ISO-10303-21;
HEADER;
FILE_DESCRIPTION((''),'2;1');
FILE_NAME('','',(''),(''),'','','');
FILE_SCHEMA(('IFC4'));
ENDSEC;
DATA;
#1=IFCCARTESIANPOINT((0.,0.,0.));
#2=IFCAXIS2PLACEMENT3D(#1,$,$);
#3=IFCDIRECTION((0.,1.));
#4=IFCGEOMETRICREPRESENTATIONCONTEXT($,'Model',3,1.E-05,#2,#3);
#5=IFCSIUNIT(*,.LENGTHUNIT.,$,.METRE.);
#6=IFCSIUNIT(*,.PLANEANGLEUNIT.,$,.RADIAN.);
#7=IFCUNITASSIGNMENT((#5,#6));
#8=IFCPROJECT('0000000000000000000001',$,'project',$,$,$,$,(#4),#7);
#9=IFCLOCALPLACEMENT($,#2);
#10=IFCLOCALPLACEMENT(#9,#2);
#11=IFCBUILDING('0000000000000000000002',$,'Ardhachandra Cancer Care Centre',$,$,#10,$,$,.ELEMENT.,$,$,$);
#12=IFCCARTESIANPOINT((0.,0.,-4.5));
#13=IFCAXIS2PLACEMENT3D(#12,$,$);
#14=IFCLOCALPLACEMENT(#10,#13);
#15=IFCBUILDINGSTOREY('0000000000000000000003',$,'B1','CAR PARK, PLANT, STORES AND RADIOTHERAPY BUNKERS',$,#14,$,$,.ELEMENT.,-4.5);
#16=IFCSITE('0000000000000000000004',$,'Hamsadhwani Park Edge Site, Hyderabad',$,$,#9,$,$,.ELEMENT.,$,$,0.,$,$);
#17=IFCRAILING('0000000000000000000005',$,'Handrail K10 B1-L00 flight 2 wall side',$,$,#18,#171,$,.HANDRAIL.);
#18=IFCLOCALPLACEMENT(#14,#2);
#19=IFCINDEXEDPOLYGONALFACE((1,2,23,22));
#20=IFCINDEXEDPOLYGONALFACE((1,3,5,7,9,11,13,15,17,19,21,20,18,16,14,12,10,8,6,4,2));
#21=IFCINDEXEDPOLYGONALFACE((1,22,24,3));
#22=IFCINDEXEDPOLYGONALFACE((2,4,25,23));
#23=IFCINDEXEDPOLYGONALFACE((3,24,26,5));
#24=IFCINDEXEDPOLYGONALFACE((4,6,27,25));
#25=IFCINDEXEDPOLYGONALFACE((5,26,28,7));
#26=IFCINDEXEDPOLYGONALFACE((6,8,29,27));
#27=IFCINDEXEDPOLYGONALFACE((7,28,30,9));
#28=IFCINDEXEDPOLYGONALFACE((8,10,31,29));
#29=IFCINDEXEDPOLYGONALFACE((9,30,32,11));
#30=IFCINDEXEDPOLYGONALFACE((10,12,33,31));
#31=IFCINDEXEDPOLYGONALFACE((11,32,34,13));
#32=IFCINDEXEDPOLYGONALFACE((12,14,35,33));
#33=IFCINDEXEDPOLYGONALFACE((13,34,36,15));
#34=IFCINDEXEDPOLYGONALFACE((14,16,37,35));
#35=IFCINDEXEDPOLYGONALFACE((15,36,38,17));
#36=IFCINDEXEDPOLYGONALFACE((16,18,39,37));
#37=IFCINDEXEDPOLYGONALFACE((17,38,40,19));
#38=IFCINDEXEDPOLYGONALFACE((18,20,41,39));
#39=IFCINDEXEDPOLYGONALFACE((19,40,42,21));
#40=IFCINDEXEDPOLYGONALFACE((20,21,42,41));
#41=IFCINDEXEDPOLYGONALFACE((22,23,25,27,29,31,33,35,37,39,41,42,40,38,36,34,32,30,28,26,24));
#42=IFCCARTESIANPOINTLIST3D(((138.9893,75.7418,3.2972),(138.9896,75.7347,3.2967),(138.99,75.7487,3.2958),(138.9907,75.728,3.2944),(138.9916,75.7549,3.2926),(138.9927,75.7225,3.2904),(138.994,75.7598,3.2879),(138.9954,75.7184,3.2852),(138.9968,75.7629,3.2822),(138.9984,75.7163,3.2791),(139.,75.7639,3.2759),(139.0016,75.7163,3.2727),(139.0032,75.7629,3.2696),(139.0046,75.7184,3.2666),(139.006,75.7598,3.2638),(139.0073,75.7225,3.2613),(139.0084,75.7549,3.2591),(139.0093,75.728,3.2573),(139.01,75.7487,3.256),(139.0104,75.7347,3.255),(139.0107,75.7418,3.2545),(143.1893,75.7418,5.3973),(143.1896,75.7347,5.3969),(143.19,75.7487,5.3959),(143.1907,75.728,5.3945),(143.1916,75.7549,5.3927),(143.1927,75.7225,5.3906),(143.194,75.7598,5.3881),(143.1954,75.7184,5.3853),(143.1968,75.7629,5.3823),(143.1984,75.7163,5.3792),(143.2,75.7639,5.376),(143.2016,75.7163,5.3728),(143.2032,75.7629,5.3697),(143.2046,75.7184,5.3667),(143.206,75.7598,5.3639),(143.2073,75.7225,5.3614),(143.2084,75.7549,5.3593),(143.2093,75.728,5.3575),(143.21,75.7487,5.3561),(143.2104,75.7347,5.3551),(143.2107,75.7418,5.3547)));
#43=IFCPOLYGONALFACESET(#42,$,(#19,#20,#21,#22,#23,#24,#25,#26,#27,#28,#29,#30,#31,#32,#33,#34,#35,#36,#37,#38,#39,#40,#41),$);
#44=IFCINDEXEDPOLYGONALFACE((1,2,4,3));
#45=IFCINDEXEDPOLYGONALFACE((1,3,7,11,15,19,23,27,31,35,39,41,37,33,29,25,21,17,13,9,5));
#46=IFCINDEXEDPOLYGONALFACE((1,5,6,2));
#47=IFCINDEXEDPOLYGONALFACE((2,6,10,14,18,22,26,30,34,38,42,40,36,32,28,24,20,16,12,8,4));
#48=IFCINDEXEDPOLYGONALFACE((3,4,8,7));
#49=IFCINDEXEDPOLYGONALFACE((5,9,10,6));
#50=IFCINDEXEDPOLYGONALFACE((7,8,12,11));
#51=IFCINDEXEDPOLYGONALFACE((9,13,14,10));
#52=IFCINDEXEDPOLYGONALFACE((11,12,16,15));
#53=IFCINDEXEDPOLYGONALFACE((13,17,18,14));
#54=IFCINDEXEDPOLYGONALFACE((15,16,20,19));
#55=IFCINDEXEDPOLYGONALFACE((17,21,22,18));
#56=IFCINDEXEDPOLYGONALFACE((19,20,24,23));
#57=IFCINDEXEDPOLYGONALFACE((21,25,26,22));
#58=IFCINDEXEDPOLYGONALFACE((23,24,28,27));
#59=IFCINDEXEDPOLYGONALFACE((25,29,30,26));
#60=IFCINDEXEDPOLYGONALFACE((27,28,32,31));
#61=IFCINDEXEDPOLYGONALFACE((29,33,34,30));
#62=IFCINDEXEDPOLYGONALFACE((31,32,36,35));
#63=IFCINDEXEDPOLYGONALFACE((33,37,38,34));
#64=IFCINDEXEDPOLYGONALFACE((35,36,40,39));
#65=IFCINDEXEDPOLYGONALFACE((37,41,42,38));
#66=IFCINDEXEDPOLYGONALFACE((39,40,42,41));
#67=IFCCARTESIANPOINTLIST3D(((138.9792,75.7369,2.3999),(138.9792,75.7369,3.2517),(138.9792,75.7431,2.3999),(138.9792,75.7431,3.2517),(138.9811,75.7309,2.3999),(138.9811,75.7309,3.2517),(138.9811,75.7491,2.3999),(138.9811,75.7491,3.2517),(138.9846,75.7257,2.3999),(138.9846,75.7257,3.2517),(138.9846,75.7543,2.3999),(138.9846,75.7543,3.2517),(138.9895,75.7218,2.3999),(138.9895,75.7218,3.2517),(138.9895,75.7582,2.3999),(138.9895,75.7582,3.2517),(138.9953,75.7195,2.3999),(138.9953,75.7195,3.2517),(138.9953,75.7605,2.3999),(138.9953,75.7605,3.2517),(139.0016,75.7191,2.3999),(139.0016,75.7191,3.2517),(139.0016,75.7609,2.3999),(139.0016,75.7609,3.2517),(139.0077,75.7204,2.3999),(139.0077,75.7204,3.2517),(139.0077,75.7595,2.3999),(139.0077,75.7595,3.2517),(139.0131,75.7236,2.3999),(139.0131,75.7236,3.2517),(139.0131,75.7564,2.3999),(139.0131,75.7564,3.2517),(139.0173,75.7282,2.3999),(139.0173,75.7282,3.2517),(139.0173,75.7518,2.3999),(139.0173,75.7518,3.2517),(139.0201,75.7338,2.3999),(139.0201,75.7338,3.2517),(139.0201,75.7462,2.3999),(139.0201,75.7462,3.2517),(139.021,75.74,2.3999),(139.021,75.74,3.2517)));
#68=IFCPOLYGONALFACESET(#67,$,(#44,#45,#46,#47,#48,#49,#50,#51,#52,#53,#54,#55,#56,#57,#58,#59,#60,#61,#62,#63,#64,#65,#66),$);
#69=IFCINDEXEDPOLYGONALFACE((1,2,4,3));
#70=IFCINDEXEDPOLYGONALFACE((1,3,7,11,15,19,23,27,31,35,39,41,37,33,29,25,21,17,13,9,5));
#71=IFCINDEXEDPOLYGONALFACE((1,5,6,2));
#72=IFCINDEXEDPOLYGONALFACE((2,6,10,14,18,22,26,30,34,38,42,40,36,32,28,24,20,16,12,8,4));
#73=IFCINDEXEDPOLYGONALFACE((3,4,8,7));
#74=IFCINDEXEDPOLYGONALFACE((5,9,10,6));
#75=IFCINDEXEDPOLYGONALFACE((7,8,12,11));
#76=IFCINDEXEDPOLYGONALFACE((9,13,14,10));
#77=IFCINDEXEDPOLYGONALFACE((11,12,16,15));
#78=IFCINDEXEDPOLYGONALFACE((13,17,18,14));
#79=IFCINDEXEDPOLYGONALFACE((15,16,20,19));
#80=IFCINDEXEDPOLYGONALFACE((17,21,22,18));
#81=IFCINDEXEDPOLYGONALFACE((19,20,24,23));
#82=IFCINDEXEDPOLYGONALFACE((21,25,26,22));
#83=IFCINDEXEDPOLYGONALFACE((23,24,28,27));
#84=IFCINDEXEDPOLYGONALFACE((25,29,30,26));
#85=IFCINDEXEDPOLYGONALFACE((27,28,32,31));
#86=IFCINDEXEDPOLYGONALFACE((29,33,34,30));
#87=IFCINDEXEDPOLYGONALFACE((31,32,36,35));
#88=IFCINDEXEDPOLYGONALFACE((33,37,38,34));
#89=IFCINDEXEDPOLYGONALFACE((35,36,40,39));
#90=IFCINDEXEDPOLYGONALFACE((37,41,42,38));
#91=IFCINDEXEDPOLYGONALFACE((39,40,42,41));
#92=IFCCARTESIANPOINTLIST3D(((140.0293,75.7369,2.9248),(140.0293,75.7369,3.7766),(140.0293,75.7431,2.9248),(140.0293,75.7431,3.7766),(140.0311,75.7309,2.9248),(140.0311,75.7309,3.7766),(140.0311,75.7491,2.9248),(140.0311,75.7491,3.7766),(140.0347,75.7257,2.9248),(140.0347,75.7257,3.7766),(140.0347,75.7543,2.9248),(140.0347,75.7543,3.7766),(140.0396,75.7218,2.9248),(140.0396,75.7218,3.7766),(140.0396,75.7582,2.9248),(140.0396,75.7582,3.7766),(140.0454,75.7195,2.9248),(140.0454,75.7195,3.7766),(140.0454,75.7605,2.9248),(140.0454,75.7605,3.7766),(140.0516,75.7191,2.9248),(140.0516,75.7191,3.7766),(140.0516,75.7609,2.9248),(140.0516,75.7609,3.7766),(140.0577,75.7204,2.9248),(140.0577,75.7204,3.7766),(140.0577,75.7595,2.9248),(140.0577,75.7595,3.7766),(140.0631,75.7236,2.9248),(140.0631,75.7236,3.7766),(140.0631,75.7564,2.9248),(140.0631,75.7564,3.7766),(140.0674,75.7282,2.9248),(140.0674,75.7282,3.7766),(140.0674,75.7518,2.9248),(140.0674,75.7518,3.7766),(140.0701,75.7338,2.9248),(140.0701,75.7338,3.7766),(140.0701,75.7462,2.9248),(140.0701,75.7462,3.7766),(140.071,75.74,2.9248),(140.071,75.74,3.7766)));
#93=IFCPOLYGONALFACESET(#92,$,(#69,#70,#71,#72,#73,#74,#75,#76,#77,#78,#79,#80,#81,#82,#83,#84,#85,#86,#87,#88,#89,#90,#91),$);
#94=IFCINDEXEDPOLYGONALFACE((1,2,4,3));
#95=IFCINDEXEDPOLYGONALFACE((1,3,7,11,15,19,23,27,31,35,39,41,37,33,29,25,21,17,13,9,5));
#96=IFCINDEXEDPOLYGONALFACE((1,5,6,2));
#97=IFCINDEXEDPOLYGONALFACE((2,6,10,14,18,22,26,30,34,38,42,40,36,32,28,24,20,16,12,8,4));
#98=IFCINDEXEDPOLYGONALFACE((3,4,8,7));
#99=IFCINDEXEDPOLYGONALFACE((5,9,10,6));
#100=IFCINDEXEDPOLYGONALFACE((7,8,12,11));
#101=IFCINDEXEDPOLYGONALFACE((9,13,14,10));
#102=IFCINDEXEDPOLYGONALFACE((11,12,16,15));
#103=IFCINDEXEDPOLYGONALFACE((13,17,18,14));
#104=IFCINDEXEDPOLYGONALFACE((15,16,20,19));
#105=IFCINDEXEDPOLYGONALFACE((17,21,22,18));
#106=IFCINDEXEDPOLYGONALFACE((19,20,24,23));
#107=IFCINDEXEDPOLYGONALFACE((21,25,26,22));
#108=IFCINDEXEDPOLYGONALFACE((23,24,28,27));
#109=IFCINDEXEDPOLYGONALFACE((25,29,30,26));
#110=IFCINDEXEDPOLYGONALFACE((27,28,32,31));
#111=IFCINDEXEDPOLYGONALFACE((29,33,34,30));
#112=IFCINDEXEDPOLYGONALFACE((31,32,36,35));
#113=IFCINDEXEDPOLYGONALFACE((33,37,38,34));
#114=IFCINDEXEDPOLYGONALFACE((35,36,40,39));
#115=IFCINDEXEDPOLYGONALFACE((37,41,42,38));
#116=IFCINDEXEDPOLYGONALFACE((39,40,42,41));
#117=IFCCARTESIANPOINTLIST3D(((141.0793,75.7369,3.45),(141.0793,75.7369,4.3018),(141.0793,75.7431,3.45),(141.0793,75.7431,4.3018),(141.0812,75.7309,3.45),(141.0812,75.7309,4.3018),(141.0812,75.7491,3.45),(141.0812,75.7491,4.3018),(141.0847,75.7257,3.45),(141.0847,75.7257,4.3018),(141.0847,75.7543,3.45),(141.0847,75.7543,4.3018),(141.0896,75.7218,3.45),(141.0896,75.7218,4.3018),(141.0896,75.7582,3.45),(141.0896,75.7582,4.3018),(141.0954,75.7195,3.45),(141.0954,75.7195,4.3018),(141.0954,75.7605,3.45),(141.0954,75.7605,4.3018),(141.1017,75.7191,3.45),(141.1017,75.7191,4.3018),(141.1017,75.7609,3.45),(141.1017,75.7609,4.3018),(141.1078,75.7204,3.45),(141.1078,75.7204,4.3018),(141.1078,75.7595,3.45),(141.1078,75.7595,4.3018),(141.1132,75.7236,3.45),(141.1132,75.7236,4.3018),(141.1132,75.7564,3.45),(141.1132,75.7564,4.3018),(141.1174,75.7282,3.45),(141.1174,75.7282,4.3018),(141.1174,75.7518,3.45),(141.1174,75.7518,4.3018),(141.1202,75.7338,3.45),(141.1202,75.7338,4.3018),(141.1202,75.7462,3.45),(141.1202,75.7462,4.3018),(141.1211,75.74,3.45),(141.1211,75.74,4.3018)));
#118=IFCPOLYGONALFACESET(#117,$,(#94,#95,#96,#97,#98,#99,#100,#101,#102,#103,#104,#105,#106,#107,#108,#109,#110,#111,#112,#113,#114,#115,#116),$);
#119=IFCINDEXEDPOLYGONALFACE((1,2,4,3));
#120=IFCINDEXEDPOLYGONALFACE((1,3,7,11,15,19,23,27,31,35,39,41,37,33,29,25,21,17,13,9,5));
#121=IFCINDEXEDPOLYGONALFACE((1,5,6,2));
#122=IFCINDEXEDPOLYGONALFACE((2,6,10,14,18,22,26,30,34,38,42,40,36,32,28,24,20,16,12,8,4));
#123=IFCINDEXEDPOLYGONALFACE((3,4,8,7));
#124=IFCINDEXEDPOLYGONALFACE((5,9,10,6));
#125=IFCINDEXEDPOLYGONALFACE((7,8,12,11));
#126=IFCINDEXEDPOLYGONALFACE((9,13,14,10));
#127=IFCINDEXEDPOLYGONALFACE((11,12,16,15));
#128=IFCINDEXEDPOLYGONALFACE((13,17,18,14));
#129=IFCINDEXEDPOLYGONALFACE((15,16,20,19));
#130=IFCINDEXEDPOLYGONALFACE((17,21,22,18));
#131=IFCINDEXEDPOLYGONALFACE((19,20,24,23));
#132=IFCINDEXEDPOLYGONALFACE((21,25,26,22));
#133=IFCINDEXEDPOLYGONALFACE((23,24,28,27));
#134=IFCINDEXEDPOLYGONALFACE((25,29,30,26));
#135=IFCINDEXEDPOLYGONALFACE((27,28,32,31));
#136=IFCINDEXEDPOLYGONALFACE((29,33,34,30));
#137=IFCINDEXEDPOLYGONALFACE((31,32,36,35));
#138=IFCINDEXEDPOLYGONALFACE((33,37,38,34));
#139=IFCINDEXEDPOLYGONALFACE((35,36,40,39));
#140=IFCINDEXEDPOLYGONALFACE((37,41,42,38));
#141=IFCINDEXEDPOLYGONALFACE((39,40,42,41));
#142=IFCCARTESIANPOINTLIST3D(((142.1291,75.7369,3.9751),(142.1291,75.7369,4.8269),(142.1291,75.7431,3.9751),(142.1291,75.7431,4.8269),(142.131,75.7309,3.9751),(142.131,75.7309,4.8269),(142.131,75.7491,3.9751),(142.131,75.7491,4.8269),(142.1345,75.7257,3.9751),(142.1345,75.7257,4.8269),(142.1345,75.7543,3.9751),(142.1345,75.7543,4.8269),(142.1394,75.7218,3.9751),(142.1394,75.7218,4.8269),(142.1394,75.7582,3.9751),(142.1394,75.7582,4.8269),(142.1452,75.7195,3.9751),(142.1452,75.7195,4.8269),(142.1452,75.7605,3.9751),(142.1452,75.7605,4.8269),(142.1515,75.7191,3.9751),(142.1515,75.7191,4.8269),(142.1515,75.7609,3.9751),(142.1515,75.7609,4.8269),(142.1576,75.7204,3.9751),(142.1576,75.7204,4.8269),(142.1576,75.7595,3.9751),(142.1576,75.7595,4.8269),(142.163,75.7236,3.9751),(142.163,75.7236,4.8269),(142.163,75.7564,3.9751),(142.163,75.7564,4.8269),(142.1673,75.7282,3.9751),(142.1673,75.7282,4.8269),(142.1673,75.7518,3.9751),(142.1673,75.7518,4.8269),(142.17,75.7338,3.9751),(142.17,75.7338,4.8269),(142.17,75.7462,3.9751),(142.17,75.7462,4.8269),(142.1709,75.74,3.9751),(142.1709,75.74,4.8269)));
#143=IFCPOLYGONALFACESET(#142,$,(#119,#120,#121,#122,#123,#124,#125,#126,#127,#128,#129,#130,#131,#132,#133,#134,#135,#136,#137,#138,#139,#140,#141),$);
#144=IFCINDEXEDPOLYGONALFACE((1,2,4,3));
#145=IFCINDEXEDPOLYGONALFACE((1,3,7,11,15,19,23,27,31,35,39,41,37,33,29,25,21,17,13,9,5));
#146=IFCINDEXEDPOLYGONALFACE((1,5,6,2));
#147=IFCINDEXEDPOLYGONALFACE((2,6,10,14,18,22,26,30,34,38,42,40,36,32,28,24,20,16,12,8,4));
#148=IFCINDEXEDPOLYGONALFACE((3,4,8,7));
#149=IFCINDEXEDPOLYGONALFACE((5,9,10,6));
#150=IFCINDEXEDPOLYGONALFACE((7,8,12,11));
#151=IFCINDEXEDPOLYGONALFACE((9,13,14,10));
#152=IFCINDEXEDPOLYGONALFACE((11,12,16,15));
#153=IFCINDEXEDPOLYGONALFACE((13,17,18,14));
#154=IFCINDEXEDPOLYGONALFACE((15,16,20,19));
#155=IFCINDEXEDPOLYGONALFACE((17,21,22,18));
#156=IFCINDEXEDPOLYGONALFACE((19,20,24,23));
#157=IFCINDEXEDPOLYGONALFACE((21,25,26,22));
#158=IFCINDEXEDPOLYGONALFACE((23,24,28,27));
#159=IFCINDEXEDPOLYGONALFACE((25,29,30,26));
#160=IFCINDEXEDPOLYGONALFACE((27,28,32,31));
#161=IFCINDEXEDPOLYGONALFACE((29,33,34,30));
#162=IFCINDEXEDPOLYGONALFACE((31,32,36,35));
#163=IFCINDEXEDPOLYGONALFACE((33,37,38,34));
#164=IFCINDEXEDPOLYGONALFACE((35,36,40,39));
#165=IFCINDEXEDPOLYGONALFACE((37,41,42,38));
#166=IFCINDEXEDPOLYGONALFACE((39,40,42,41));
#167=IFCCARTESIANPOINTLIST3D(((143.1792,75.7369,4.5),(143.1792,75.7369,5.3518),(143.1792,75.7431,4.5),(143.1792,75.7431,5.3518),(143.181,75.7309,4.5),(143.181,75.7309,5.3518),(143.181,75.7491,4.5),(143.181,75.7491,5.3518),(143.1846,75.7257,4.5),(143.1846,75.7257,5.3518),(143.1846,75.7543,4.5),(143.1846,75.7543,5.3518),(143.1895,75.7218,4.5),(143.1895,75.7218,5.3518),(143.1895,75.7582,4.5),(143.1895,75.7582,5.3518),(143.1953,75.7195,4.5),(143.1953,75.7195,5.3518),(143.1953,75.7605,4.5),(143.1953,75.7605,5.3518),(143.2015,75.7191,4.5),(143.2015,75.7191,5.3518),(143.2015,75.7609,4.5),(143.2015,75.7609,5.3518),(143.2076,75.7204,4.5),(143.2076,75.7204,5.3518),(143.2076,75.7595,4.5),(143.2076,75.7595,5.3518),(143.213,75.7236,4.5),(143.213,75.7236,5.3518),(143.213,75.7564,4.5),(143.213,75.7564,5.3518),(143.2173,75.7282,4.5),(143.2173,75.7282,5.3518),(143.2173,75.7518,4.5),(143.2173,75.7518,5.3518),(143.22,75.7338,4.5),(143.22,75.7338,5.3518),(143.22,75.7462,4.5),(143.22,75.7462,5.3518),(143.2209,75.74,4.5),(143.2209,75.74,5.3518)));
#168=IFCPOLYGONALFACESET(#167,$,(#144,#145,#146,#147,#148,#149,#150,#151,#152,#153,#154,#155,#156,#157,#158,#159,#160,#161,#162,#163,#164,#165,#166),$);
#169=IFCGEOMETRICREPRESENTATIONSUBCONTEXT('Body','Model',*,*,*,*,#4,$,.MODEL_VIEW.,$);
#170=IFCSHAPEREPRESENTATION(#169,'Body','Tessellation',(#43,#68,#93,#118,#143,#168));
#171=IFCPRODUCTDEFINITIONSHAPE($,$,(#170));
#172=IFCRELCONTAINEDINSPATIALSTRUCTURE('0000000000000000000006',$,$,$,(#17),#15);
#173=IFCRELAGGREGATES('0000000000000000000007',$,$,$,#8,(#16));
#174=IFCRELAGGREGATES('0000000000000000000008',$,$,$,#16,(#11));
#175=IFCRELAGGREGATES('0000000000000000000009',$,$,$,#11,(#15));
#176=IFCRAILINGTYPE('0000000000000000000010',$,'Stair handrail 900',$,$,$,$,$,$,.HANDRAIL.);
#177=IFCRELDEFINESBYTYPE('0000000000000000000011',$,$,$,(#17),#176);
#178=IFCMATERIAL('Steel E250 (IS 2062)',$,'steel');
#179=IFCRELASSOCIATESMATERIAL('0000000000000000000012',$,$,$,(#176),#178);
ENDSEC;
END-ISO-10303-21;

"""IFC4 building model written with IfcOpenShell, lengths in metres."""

from ifc_helpers import new_model, si_unit, direction, frame, origin, origin_2d, place, context, subcontext, project, spatial, circle, extrude, material, type_object, element, save


model = new_model("IFC4")

# Units and contexts
model_context = context("Model", 3, precision=1e-05, world=origin(), true_north=direction((0.0, 1.0)))
body_context = subcontext(model_context, "Body", "Model", "MODEL_VIEW")
ifc_project = project(units=[si_unit("LENGTHUNIT", "METRE"), si_unit("PLANEANGLEUNIT", "RADIAN")], contexts=[model_context])

# Site, building, storey
site_placement = place(None, origin())
site = spatial("IfcSite", under=ifc_project, at=site_placement, Name="Hamsadhwani Park Edge Site, Hyderabad", CompositionType="ELEMENT", RefElevation=0.0)
building_placement = place(site_placement, origin())
building = spatial("IfcBuilding", under=site, at=building_placement, Name="Ardhachandra Cancer Care Centre", CompositionType="ELEMENT")
storey_placement = place(building_placement, frame((0.0, 0.0, -4.5)))
storey = spatial("IfcBuildingStorey", under=building, at=storey_placement, Name="B1", Description="CAR PARK, PLANT, STORES AND RADIOTHERAPY BUNKERS", CompositionType="ELEMENT", Elevation=-4.5)

# Railing
ifc_material_1 = material(Name="Steel E250 (IS 2062)", Category="steel")
railing_type = type_object("IfcRailingType", Name="Stair handrail 900", PredefinedType="HANDRAIL", material=ifc_material_1)
for number, where, name in (
    (1, (139.0, 75.74, 2.3999), "Handrail K10 B1-L00 flight 2 wall side"),
):
    element("IfcRailing", number, at=place(storey_placement, frame(where)), inside=storey, type_object=railing_type, Name=name, PredefinedType="HANDRAIL", context=body_context, shape_type="SweptSolid", body=[
        extrude(circle(Radius=0.0239, at=origin_2d()), frame((0.0, 0.0, 0.876), z_axis=(0.894417, 0.0, 0.447234), x_axis=(0.0, 1.0, 0.0)), (0.0, 0.0, 1.0), 4.6958),
        extrude(circle(Radius=0.021, at=origin_2d()), origin(), (0.0, 0.0, 1.0), 0.8518),
        extrude(circle(Radius=0.021, at=origin_2d()), frame((1.05, 0.0, 0.5249)), (0.0, 0.0, 1.0), 0.8518),
        extrude(circle(Radius=0.021, at=origin_2d()), frame((2.1001, 0.0, 1.05)), (0.0, 0.0, 1.0), 0.8518),
        extrude(circle(Radius=0.021, at=origin_2d()), frame((3.1499, 0.0, 1.5752)), (0.0, 0.0, 1.0), 0.8518),
        extrude(circle(Radius=0.021, at=origin_2d()), frame((4.2, 0.0, 2.1001)), (0.0, 0.0, 1.0), 0.8518),
    ])

save(model, "model.ifc")
